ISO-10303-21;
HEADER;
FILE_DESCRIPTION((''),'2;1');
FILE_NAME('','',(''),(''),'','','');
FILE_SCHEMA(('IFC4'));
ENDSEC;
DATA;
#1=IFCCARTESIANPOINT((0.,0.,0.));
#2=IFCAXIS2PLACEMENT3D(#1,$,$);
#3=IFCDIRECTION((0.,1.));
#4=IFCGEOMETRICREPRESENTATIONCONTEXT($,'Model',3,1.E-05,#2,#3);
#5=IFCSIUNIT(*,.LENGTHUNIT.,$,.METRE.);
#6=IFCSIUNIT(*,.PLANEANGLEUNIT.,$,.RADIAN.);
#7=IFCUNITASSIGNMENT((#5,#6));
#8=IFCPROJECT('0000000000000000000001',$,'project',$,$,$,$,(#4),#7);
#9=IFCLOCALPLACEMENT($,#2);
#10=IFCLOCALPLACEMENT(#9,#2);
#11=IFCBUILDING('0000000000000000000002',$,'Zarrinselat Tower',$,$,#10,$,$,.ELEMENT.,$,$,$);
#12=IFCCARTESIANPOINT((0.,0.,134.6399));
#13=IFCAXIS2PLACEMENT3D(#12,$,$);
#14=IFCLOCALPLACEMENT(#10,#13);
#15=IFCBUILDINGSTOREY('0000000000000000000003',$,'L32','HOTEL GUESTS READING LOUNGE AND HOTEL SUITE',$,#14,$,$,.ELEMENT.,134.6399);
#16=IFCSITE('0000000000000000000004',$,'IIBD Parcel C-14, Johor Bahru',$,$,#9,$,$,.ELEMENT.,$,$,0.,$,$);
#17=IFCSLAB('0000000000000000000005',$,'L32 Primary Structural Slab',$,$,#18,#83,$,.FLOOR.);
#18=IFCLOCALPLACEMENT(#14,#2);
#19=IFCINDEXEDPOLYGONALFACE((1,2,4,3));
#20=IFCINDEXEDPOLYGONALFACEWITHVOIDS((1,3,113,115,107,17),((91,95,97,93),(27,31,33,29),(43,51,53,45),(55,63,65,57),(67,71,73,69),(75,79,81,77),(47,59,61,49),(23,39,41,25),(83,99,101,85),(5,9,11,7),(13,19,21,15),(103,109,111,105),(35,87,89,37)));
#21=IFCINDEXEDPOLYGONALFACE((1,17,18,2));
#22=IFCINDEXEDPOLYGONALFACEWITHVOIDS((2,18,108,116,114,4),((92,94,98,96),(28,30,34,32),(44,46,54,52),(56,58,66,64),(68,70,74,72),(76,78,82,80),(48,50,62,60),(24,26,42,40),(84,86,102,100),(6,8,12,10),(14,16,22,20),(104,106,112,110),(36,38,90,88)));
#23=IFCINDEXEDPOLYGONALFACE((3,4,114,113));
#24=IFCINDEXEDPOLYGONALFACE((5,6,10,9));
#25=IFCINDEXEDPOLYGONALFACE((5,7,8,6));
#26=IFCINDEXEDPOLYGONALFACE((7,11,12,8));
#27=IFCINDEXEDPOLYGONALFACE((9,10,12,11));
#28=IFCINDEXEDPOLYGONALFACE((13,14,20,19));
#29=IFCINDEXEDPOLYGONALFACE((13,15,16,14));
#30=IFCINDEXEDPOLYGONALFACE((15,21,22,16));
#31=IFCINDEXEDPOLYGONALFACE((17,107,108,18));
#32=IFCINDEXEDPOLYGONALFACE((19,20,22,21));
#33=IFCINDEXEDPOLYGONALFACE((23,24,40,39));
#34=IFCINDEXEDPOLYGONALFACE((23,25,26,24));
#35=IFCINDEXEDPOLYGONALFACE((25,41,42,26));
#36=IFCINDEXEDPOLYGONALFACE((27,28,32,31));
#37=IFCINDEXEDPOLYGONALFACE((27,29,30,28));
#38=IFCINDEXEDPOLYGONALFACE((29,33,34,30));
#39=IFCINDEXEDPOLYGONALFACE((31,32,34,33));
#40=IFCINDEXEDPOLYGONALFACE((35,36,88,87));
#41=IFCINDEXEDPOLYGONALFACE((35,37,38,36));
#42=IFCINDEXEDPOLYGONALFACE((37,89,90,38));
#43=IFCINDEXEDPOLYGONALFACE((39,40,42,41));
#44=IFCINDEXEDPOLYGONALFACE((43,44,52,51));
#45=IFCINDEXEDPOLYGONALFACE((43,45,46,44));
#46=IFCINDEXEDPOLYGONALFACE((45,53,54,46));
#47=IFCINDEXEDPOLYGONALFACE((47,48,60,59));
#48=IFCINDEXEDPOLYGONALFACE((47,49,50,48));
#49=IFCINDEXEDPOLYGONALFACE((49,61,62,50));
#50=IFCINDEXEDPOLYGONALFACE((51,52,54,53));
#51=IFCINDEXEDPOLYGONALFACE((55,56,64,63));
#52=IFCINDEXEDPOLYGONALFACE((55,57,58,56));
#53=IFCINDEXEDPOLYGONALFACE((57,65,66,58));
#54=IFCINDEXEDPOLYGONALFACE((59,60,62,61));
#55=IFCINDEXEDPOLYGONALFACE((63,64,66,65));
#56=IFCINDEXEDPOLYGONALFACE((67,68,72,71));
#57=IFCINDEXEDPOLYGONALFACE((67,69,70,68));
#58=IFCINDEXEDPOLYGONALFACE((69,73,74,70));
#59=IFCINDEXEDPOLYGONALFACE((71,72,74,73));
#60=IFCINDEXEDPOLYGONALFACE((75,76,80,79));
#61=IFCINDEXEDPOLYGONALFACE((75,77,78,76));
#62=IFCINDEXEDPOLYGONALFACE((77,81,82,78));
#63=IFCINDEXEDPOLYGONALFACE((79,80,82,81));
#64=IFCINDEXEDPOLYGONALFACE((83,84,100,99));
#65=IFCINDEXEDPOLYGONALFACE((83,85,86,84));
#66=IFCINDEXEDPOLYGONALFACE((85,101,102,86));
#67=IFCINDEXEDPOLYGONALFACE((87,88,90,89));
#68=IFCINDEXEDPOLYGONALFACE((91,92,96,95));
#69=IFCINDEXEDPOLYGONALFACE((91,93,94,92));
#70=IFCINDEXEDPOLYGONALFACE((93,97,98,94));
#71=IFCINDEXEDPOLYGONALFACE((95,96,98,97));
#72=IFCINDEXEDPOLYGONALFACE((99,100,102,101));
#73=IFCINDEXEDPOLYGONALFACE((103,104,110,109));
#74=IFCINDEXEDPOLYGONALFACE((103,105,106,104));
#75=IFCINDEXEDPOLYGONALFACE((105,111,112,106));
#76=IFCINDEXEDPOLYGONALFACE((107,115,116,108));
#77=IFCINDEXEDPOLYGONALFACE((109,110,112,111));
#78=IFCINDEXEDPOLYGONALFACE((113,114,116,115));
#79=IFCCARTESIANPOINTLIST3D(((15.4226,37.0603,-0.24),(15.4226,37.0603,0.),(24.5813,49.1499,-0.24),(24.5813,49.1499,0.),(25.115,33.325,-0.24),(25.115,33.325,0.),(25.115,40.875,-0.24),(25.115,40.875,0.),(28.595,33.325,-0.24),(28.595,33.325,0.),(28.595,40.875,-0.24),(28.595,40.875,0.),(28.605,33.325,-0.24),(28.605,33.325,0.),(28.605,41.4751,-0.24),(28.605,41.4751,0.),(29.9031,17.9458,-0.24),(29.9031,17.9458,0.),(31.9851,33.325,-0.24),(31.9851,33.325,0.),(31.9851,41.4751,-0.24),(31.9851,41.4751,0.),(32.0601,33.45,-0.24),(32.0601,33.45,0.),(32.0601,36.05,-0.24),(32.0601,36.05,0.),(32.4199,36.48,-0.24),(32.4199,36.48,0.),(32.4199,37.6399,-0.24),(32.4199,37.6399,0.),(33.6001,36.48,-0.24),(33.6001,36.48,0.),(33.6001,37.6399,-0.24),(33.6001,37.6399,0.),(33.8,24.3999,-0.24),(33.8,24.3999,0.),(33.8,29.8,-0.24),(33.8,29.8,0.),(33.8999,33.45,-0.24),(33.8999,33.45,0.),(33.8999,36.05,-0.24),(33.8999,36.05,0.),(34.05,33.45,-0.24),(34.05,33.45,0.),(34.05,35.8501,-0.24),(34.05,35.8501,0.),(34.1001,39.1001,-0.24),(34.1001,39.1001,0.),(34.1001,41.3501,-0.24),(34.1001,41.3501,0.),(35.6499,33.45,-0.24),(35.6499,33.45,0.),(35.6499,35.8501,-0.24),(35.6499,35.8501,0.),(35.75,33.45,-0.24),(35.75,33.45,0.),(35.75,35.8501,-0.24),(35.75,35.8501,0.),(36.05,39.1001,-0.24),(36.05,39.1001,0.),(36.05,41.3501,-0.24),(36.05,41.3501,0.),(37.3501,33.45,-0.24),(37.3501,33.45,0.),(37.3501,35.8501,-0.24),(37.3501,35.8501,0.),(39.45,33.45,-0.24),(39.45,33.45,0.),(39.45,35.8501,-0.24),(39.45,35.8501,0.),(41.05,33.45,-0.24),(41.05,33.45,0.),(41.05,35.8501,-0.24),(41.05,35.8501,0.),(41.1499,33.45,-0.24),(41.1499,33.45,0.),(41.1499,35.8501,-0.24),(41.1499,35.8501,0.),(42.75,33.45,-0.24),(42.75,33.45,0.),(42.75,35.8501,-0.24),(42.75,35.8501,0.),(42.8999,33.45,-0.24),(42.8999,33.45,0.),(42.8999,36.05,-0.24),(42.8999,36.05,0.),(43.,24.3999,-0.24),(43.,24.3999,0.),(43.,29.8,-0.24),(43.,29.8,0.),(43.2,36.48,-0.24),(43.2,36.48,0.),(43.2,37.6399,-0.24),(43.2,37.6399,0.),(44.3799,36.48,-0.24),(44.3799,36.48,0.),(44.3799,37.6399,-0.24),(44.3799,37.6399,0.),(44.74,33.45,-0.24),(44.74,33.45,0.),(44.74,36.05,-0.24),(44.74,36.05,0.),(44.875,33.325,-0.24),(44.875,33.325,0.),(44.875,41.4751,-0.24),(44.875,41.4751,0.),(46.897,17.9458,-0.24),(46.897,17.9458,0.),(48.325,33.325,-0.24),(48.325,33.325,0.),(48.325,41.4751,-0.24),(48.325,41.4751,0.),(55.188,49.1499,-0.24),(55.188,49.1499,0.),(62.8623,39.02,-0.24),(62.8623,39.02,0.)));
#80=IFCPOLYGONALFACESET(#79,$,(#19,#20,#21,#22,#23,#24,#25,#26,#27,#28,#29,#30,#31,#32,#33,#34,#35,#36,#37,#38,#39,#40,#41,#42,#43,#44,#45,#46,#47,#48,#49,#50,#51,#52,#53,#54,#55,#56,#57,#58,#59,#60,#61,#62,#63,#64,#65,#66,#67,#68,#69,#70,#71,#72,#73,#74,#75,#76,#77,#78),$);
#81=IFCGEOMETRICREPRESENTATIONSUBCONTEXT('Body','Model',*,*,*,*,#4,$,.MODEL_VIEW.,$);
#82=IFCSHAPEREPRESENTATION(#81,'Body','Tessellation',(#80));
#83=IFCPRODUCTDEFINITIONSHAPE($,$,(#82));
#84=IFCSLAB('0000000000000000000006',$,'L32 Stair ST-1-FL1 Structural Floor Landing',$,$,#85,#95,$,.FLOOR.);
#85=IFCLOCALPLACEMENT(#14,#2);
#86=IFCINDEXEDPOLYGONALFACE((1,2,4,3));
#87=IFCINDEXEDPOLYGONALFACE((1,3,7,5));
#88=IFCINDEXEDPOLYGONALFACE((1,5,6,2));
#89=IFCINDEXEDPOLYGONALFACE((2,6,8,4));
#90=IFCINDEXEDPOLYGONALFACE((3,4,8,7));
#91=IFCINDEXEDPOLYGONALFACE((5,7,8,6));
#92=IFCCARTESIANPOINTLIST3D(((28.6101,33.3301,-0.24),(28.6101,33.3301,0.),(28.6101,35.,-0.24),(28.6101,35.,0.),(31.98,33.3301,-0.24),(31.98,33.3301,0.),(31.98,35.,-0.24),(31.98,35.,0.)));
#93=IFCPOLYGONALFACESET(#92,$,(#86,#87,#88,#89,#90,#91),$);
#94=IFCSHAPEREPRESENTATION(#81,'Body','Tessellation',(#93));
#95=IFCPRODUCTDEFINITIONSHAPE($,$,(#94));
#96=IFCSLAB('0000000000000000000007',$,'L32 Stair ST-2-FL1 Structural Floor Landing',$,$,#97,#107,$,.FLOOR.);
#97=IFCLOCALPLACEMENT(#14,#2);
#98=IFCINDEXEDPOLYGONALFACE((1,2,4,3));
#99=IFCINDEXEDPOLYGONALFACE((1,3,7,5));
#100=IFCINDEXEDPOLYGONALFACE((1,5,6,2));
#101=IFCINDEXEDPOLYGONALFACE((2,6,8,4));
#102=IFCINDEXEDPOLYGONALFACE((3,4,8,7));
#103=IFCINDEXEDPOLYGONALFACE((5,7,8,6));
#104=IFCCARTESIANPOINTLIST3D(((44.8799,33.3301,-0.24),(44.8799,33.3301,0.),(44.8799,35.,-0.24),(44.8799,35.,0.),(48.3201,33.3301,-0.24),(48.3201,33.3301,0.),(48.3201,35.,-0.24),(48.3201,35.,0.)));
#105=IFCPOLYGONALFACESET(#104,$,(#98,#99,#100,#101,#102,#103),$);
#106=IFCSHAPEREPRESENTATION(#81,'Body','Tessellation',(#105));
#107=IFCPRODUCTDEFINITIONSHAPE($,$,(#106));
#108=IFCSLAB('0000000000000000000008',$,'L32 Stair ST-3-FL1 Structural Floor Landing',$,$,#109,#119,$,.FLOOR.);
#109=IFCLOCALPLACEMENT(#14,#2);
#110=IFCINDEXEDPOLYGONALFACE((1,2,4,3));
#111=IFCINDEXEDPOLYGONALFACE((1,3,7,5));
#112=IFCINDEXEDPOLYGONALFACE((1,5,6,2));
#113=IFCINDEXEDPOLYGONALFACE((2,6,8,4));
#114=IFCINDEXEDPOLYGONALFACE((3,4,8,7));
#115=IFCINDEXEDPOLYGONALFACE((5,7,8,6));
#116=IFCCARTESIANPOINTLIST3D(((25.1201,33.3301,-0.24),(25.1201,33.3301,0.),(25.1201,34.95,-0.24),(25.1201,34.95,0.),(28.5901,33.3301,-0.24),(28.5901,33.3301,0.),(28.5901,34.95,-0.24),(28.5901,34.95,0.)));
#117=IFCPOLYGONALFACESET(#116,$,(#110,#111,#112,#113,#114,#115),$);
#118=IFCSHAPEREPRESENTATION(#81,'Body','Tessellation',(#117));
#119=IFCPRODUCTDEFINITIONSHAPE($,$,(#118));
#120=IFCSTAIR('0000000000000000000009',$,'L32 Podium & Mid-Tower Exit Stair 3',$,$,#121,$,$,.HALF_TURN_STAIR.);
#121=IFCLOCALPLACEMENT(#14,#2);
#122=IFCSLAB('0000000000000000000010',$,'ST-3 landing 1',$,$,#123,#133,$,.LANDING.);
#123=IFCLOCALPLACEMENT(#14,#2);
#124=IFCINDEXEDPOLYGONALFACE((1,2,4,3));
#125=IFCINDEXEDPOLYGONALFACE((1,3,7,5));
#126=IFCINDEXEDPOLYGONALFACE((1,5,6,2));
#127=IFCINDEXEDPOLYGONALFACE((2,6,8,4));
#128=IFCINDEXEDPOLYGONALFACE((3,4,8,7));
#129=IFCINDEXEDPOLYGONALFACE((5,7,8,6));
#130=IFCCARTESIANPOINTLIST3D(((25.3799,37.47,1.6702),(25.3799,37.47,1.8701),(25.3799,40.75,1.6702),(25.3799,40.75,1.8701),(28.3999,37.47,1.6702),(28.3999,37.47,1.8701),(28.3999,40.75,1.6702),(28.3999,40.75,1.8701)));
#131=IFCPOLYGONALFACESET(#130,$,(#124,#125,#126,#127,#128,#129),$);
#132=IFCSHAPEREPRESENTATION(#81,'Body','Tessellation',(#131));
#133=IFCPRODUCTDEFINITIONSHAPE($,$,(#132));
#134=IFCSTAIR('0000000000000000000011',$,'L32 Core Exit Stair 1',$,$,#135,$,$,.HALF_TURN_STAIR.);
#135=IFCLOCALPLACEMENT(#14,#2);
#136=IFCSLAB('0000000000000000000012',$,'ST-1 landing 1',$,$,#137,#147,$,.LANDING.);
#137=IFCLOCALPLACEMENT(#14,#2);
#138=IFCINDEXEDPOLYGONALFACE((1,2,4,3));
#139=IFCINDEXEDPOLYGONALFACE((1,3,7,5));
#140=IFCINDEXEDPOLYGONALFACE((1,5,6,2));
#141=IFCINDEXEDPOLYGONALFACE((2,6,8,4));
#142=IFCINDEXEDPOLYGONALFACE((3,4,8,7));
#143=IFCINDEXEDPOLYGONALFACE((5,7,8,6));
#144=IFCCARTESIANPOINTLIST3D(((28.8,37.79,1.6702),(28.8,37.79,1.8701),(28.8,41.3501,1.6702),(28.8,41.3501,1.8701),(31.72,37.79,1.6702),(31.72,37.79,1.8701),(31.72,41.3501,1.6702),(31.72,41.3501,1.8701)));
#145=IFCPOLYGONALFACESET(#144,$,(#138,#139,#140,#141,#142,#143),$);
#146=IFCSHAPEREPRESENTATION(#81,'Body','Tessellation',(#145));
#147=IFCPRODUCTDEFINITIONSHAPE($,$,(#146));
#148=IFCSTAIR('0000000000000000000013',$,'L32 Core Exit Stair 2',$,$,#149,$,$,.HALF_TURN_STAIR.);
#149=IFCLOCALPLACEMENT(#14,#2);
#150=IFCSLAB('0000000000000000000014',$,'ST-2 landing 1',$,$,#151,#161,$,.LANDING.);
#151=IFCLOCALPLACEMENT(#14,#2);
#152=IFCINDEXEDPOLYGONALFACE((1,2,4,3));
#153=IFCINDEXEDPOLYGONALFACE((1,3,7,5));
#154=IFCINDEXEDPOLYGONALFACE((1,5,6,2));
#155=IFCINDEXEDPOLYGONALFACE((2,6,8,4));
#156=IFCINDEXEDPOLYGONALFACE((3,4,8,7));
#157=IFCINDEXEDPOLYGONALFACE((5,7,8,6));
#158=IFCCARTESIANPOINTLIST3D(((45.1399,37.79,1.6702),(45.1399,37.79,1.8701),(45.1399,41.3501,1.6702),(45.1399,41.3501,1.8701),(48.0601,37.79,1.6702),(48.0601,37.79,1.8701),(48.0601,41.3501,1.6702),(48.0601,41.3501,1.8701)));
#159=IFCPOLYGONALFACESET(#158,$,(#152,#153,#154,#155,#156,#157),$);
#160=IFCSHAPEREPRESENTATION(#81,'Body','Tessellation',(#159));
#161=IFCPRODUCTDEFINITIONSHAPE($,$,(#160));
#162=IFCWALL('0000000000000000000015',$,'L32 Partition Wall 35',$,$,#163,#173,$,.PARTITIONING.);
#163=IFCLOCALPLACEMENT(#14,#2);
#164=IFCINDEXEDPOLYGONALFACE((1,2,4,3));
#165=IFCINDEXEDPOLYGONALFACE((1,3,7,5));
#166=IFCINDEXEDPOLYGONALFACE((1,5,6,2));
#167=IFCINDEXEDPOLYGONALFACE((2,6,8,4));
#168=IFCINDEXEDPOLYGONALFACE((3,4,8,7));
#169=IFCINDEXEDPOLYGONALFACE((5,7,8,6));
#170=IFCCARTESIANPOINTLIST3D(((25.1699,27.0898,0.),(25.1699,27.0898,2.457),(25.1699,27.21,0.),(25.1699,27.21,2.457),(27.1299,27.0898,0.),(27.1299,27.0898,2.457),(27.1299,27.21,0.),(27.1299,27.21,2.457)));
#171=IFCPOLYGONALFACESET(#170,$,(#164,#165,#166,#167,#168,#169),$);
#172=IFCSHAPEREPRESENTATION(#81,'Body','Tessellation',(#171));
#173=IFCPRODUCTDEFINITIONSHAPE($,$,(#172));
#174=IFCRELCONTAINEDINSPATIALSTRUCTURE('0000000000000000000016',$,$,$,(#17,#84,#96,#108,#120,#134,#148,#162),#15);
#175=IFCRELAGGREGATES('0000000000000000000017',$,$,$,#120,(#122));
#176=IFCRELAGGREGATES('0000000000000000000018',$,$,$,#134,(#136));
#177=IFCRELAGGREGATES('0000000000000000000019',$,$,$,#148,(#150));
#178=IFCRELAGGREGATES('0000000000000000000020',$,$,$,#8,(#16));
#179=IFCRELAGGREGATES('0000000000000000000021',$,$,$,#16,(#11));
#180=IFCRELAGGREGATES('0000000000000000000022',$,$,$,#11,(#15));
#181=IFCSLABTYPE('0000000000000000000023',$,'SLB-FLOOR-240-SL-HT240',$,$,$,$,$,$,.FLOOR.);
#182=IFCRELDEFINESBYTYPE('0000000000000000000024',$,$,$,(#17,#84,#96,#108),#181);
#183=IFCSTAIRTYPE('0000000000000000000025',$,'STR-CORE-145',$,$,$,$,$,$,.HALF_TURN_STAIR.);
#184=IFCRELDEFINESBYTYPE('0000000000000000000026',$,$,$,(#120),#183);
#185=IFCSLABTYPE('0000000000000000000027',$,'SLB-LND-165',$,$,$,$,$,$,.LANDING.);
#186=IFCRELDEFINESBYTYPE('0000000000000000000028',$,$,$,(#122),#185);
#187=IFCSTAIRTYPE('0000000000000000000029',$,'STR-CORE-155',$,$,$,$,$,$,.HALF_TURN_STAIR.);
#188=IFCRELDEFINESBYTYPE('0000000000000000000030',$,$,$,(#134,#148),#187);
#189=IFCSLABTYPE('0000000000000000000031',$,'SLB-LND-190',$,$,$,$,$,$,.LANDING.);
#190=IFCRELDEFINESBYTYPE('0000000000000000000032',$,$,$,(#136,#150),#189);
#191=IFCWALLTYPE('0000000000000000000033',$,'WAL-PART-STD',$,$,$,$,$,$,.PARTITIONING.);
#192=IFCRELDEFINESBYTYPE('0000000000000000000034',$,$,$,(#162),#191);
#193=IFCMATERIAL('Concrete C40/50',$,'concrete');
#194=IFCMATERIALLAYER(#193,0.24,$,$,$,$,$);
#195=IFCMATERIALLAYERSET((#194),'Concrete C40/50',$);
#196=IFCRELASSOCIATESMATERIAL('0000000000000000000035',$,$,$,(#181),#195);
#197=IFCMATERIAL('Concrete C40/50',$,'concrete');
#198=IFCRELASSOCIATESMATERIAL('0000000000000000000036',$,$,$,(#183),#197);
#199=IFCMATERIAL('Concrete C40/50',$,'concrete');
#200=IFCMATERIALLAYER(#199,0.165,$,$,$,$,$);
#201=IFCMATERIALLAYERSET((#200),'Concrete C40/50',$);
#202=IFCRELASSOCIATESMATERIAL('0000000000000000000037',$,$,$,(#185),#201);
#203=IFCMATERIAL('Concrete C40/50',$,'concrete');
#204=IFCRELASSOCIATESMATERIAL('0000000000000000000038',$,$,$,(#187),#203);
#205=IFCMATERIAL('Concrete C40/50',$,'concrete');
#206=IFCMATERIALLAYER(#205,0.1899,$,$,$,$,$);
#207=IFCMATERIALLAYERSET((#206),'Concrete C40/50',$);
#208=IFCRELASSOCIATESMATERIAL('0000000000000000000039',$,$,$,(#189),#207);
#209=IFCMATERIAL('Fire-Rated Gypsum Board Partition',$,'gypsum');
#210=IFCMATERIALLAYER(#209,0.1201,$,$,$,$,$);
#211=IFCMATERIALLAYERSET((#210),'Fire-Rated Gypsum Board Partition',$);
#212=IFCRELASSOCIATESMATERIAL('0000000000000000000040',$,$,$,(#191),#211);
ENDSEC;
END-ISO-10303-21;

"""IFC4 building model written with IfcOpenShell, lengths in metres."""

from ifc_helpers import new_model, si_unit, direction, frame, frame_2d, origin, place, context, subcontext, project, spatial, polyline, rectangle, outline, extrude, material, layer, layer_set, type_object, element, aggregate, save


model = new_model("IFC4")

# Units and contexts
model_context = context("Model", 3, precision=1e-05, world=origin(), true_north=direction((0.0, 1.0)))
body_context = subcontext(model_context, "Body", "Model", "MODEL_VIEW")
ifc_project = project(units=[si_unit("LENGTHUNIT", "METRE"), si_unit("PLANEANGLEUNIT", "RADIAN")], contexts=[model_context])

# Site, building, storey
site_placement = place(None, origin())
site = spatial("IfcSite", under=ifc_project, at=site_placement, Name="IIBD Parcel C-14, Johor Bahru", CompositionType="ELEMENT", RefElevation=0.0)
building_placement = place(site_placement, origin())
building = spatial("IfcBuilding", under=site, at=building_placement, Name="Zarrinselat Tower", CompositionType="ELEMENT")
storey_placement = place(building_placement, frame((0.0, 0.0, 134.6399)))
storey = spatial("IfcBuildingStorey", under=building, at=storey_placement, Name="L32", Description="HOTEL GUESTS READING LOUNGE AND HOTEL SUITE", CompositionType="ELEMENT", Elevation=134.6399)

# Slabs
ifc_material_1 = material(Name="Concrete C40/50", Category="concrete")
ifc_layer_1 = layer(ifc_material_1, 0.24)
ifc_layer_set_1 = layer_set([ifc_layer_1], Name="Concrete C40/50")
slab_type_1 = type_object("IfcSlabType", Name="SLB-FLOOR-240-SL-HT240", PredefinedType="FLOOR", material=ifc_layer_set_1)
slab_1_placement = place(storey_placement, frame((0.0, 0.0, -0.24)))
element("IfcSlab", 1, at=slab_1_placement, inside=storey, type_object=slab_type_1, Name="L32 Primary Structural Slab", PredefinedType="FLOOR", context=body_context, shape_type="SweptSolid", body=[
    extrude(outline(polyline([(55.188, 49.1499), (24.5813, 49.1499), (15.4226, 37.0603), (29.9031, 17.9458), (46.897, 17.9458), (62.8623, 39.02), (55.188, 49.1499)]), holes=[polyline([(35.6499, 33.45), (34.05, 33.45), (34.05, 35.8501), (35.6499, 35.8501), (35.6499, 33.45)]), polyline([(35.75, 33.45), (35.75, 35.8501), (37.3501, 35.8501), (37.3501, 33.45), (35.75, 33.45)]), polyline([(32.0601, 33.45), (32.0601, 36.05), (33.8999, 36.05), (33.8999, 33.45), (32.0601, 33.45)]), polyline([(33.6001, 36.48), (32.4199, 36.48), (32.4199, 37.6399), (33.6001, 37.6399), (33.6001, 36.48)]), polyline([(28.595, 33.325), (25.115, 33.325), (25.115, 40.875), (28.595, 40.875), (28.595, 33.325)]), polyline([(31.9851, 33.325), (28.605, 33.325), (28.605, 41.4751), (31.9851, 41.4751), (31.9851, 33.325)]), polyline([(36.05, 39.1001), (34.1001, 39.1001), (34.1001, 41.3501), (36.05, 41.3501), (36.05, 39.1001)]), polyline([(33.8, 24.3999), (33.8, 29.8), (43.0, 29.8), (43.0, 24.3999), (33.8, 24.3999)]), polyline([(39.45, 33.45), (39.45, 35.8501), (41.05, 35.8501), (41.05, 33.45), (39.45, 33.45)]), polyline([(41.1499, 33.45), (41.1499, 35.8501), (42.75, 35.8501), (42.75, 33.45), (41.1499, 33.45)]), polyline([(42.8999, 33.45), (42.8999, 36.05), (44.74, 36.05), (44.74, 33.45), (42.8999, 33.45)]), polyline([(43.2, 36.48), (43.2, 37.6399), (44.3799, 37.6399), (44.3799, 36.48), (43.2, 36.48)]), polyline([(48.325, 33.325), (44.875, 33.325), (44.875, 41.4751), (48.325, 41.4751), (48.325, 33.325)])]), origin(), (0.0, 0.0, 1.0), 0.24),
])
slab_2_placement = place(storey_placement, frame((0.0, 0.0, -0.24)))
element("IfcSlab", 2, at=slab_2_placement, inside=storey, type_object=slab_type_1, Name="L32 Stair ST-1-FL1 Structural Floor Landing", PredefinedType="FLOOR", context=body_context, shape_type="SweptSolid", body=[
    extrude(outline(polyline([(31.98, 33.3301), (31.98, 35.0), (28.6101, 35.0), (28.6101, 33.3301), (31.98, 33.3301)])), origin(), (0.0, 0.0, 1.0), 0.24),
])
slab_3_placement = place(storey_placement, frame((0.0, 0.0, -0.24)))
element("IfcSlab", 3, at=slab_3_placement, inside=storey, type_object=slab_type_1, Name="L32 Stair ST-2-FL1 Structural Floor Landing", PredefinedType="FLOOR", context=body_context, shape_type="SweptSolid", body=[
    extrude(outline(polyline([(48.3201, 33.3301), (48.3201, 35.0), (44.8799, 35.0), (44.8799, 33.3301), (48.3201, 33.3301)])), origin(), (0.0, 0.0, 1.0), 0.24),
])
slab_4_placement = place(storey_placement, frame((0.0, 0.0, -0.24)))
element("IfcSlab", 4, at=slab_4_placement, inside=storey, type_object=slab_type_1, Name="L32 Stair ST-3-FL1 Structural Floor Landing", PredefinedType="FLOOR", context=body_context, shape_type="SweptSolid", body=[
    extrude(outline(polyline([(28.5901, 33.3301), (28.5901, 34.95), (25.1201, 34.95), (25.1201, 33.3301), (28.5901, 33.3301)])), origin(), (0.0, 0.0, 1.0), 0.24),
])

# Stairs, slabs
ifc_material_2 = material(Name="Concrete C40/50", Category="concrete")
stair_type_1 = type_object("IfcStairType", Name="STR-CORE-145", PredefinedType="HALF_TURN_STAIR", material=ifc_material_2)
stair_1_placement = place(storey_placement, origin())
stair_1 = element("IfcStair", 5, at=stair_1_placement, inside=storey, type_object=stair_type_1, Name="L32 Podium & Mid-Tower Exit Stair 3", PredefinedType="HALF_TURN_STAIR")
ifc_material_3 = material(Name="Concrete C40/50", Category="concrete")
ifc_layer_2 = layer(ifc_material_3, 0.165)
ifc_layer_set_2 = layer_set([ifc_layer_2], Name="Concrete C40/50")
slab_type_2 = type_object("IfcSlabType", Name="SLB-LND-165", PredefinedType="LANDING", material=ifc_layer_set_2)
slab_5_placement = place(storey_placement, frame((0.0, 0.0, 1.6702)))
slab_5 = element("IfcSlab", 6, at=slab_5_placement, type_object=slab_type_2, Name="ST-3 landing 1", PredefinedType="LANDING", context=body_context, shape_type="SweptSolid", body=[
    extrude(outline(polyline([(28.3999, 37.47), (28.3999, 40.75), (25.3799, 40.75), (25.3799, 37.47), (28.3999, 37.47)])), origin(), (0.0, 0.0, 1.0), 0.2),
])
aggregate(stair_1, [slab_5])
ifc_material_4 = material(Name="Concrete C40/50", Category="concrete")
stair_type_2 = type_object("IfcStairType", Name="STR-CORE-155", PredefinedType="HALF_TURN_STAIR", material=ifc_material_4)
stair_2_placement = place(storey_placement, origin())
stair_2 = element("IfcStair", 7, at=stair_2_placement, inside=storey, type_object=stair_type_2, Name="L32 Core Exit Stair 1", PredefinedType="HALF_TURN_STAIR")
ifc_material_5 = material(Name="Concrete C40/50", Category="concrete")
ifc_layer_3 = layer(ifc_material_5, 0.1899)
ifc_layer_set_3 = layer_set([ifc_layer_3], Name="Concrete C40/50")
slab_type_3 = type_object("IfcSlabType", Name="SLB-LND-190", PredefinedType="LANDING", material=ifc_layer_set_3)
slab_6_placement = place(storey_placement, frame((0.0, 0.0, 1.6702)))
slab_6 = element("IfcSlab", 8, at=slab_6_placement, type_object=slab_type_3, Name="ST-1 landing 1", PredefinedType="LANDING", context=body_context, shape_type="SweptSolid", body=[
    extrude(outline(polyline([(31.72, 37.79), (31.72, 41.3501), (28.8, 41.3501), (28.8, 37.79), (31.72, 37.79)])), origin(), (0.0, 0.0, 1.0), 0.2),
])
aggregate(stair_2, [slab_6])
stair_3_placement = place(storey_placement, origin())
stair_3 = element("IfcStair", 9, at=stair_3_placement, inside=storey, type_object=stair_type_2, Name="L32 Core Exit Stair 2", PredefinedType="HALF_TURN_STAIR")
slab_7_placement = place(storey_placement, frame((0.0, 0.0, 1.6702)))
slab_7 = element("IfcSlab", 10, at=slab_7_placement, type_object=slab_type_3, Name="ST-2 landing 1", PredefinedType="LANDING", context=body_context, shape_type="SweptSolid", body=[
    extrude(outline(polyline([(48.0601, 37.79), (48.0601, 41.3501), (45.1399, 41.3501), (45.1399, 37.79), (48.0601, 37.79)])), origin(), (0.0, 0.0, 1.0), 0.2),
])
aggregate(stair_3, [slab_7])

# Wall
ifc_material_6 = material(Name="Fire-Rated Gypsum Board Partition", Category="gypsum")
ifc_layer_4 = layer(ifc_material_6, 0.1201)
ifc_layer_set_4 = layer_set([ifc_layer_4], Name="Fire-Rated Gypsum Board Partition")
wall_type = type_object("IfcWallType", Name="WAL-PART-STD", PredefinedType="PARTITIONING", material=ifc_layer_set_4)
wall_1_placement = place(storey_placement, frame((25.1699, 27.1499, 0.0), z_axis=(0.0, 0.0, 1.0), x_axis=(1.0, 0.0, 0.0)))
element("IfcWall", 11, at=wall_1_placement, inside=storey, type_object=wall_type, Name="L32 Partition Wall 35", PredefinedType="PARTITIONING", context=body_context, shape_type="SweptSolid", body=[
    extrude(rectangle(XDim=1.96, YDim=0.1201, at=frame_2d((0.98, 0.0))), origin(), (0.0, 0.0, 1.0), 2.457),
])

save(model, "model.ifc")
